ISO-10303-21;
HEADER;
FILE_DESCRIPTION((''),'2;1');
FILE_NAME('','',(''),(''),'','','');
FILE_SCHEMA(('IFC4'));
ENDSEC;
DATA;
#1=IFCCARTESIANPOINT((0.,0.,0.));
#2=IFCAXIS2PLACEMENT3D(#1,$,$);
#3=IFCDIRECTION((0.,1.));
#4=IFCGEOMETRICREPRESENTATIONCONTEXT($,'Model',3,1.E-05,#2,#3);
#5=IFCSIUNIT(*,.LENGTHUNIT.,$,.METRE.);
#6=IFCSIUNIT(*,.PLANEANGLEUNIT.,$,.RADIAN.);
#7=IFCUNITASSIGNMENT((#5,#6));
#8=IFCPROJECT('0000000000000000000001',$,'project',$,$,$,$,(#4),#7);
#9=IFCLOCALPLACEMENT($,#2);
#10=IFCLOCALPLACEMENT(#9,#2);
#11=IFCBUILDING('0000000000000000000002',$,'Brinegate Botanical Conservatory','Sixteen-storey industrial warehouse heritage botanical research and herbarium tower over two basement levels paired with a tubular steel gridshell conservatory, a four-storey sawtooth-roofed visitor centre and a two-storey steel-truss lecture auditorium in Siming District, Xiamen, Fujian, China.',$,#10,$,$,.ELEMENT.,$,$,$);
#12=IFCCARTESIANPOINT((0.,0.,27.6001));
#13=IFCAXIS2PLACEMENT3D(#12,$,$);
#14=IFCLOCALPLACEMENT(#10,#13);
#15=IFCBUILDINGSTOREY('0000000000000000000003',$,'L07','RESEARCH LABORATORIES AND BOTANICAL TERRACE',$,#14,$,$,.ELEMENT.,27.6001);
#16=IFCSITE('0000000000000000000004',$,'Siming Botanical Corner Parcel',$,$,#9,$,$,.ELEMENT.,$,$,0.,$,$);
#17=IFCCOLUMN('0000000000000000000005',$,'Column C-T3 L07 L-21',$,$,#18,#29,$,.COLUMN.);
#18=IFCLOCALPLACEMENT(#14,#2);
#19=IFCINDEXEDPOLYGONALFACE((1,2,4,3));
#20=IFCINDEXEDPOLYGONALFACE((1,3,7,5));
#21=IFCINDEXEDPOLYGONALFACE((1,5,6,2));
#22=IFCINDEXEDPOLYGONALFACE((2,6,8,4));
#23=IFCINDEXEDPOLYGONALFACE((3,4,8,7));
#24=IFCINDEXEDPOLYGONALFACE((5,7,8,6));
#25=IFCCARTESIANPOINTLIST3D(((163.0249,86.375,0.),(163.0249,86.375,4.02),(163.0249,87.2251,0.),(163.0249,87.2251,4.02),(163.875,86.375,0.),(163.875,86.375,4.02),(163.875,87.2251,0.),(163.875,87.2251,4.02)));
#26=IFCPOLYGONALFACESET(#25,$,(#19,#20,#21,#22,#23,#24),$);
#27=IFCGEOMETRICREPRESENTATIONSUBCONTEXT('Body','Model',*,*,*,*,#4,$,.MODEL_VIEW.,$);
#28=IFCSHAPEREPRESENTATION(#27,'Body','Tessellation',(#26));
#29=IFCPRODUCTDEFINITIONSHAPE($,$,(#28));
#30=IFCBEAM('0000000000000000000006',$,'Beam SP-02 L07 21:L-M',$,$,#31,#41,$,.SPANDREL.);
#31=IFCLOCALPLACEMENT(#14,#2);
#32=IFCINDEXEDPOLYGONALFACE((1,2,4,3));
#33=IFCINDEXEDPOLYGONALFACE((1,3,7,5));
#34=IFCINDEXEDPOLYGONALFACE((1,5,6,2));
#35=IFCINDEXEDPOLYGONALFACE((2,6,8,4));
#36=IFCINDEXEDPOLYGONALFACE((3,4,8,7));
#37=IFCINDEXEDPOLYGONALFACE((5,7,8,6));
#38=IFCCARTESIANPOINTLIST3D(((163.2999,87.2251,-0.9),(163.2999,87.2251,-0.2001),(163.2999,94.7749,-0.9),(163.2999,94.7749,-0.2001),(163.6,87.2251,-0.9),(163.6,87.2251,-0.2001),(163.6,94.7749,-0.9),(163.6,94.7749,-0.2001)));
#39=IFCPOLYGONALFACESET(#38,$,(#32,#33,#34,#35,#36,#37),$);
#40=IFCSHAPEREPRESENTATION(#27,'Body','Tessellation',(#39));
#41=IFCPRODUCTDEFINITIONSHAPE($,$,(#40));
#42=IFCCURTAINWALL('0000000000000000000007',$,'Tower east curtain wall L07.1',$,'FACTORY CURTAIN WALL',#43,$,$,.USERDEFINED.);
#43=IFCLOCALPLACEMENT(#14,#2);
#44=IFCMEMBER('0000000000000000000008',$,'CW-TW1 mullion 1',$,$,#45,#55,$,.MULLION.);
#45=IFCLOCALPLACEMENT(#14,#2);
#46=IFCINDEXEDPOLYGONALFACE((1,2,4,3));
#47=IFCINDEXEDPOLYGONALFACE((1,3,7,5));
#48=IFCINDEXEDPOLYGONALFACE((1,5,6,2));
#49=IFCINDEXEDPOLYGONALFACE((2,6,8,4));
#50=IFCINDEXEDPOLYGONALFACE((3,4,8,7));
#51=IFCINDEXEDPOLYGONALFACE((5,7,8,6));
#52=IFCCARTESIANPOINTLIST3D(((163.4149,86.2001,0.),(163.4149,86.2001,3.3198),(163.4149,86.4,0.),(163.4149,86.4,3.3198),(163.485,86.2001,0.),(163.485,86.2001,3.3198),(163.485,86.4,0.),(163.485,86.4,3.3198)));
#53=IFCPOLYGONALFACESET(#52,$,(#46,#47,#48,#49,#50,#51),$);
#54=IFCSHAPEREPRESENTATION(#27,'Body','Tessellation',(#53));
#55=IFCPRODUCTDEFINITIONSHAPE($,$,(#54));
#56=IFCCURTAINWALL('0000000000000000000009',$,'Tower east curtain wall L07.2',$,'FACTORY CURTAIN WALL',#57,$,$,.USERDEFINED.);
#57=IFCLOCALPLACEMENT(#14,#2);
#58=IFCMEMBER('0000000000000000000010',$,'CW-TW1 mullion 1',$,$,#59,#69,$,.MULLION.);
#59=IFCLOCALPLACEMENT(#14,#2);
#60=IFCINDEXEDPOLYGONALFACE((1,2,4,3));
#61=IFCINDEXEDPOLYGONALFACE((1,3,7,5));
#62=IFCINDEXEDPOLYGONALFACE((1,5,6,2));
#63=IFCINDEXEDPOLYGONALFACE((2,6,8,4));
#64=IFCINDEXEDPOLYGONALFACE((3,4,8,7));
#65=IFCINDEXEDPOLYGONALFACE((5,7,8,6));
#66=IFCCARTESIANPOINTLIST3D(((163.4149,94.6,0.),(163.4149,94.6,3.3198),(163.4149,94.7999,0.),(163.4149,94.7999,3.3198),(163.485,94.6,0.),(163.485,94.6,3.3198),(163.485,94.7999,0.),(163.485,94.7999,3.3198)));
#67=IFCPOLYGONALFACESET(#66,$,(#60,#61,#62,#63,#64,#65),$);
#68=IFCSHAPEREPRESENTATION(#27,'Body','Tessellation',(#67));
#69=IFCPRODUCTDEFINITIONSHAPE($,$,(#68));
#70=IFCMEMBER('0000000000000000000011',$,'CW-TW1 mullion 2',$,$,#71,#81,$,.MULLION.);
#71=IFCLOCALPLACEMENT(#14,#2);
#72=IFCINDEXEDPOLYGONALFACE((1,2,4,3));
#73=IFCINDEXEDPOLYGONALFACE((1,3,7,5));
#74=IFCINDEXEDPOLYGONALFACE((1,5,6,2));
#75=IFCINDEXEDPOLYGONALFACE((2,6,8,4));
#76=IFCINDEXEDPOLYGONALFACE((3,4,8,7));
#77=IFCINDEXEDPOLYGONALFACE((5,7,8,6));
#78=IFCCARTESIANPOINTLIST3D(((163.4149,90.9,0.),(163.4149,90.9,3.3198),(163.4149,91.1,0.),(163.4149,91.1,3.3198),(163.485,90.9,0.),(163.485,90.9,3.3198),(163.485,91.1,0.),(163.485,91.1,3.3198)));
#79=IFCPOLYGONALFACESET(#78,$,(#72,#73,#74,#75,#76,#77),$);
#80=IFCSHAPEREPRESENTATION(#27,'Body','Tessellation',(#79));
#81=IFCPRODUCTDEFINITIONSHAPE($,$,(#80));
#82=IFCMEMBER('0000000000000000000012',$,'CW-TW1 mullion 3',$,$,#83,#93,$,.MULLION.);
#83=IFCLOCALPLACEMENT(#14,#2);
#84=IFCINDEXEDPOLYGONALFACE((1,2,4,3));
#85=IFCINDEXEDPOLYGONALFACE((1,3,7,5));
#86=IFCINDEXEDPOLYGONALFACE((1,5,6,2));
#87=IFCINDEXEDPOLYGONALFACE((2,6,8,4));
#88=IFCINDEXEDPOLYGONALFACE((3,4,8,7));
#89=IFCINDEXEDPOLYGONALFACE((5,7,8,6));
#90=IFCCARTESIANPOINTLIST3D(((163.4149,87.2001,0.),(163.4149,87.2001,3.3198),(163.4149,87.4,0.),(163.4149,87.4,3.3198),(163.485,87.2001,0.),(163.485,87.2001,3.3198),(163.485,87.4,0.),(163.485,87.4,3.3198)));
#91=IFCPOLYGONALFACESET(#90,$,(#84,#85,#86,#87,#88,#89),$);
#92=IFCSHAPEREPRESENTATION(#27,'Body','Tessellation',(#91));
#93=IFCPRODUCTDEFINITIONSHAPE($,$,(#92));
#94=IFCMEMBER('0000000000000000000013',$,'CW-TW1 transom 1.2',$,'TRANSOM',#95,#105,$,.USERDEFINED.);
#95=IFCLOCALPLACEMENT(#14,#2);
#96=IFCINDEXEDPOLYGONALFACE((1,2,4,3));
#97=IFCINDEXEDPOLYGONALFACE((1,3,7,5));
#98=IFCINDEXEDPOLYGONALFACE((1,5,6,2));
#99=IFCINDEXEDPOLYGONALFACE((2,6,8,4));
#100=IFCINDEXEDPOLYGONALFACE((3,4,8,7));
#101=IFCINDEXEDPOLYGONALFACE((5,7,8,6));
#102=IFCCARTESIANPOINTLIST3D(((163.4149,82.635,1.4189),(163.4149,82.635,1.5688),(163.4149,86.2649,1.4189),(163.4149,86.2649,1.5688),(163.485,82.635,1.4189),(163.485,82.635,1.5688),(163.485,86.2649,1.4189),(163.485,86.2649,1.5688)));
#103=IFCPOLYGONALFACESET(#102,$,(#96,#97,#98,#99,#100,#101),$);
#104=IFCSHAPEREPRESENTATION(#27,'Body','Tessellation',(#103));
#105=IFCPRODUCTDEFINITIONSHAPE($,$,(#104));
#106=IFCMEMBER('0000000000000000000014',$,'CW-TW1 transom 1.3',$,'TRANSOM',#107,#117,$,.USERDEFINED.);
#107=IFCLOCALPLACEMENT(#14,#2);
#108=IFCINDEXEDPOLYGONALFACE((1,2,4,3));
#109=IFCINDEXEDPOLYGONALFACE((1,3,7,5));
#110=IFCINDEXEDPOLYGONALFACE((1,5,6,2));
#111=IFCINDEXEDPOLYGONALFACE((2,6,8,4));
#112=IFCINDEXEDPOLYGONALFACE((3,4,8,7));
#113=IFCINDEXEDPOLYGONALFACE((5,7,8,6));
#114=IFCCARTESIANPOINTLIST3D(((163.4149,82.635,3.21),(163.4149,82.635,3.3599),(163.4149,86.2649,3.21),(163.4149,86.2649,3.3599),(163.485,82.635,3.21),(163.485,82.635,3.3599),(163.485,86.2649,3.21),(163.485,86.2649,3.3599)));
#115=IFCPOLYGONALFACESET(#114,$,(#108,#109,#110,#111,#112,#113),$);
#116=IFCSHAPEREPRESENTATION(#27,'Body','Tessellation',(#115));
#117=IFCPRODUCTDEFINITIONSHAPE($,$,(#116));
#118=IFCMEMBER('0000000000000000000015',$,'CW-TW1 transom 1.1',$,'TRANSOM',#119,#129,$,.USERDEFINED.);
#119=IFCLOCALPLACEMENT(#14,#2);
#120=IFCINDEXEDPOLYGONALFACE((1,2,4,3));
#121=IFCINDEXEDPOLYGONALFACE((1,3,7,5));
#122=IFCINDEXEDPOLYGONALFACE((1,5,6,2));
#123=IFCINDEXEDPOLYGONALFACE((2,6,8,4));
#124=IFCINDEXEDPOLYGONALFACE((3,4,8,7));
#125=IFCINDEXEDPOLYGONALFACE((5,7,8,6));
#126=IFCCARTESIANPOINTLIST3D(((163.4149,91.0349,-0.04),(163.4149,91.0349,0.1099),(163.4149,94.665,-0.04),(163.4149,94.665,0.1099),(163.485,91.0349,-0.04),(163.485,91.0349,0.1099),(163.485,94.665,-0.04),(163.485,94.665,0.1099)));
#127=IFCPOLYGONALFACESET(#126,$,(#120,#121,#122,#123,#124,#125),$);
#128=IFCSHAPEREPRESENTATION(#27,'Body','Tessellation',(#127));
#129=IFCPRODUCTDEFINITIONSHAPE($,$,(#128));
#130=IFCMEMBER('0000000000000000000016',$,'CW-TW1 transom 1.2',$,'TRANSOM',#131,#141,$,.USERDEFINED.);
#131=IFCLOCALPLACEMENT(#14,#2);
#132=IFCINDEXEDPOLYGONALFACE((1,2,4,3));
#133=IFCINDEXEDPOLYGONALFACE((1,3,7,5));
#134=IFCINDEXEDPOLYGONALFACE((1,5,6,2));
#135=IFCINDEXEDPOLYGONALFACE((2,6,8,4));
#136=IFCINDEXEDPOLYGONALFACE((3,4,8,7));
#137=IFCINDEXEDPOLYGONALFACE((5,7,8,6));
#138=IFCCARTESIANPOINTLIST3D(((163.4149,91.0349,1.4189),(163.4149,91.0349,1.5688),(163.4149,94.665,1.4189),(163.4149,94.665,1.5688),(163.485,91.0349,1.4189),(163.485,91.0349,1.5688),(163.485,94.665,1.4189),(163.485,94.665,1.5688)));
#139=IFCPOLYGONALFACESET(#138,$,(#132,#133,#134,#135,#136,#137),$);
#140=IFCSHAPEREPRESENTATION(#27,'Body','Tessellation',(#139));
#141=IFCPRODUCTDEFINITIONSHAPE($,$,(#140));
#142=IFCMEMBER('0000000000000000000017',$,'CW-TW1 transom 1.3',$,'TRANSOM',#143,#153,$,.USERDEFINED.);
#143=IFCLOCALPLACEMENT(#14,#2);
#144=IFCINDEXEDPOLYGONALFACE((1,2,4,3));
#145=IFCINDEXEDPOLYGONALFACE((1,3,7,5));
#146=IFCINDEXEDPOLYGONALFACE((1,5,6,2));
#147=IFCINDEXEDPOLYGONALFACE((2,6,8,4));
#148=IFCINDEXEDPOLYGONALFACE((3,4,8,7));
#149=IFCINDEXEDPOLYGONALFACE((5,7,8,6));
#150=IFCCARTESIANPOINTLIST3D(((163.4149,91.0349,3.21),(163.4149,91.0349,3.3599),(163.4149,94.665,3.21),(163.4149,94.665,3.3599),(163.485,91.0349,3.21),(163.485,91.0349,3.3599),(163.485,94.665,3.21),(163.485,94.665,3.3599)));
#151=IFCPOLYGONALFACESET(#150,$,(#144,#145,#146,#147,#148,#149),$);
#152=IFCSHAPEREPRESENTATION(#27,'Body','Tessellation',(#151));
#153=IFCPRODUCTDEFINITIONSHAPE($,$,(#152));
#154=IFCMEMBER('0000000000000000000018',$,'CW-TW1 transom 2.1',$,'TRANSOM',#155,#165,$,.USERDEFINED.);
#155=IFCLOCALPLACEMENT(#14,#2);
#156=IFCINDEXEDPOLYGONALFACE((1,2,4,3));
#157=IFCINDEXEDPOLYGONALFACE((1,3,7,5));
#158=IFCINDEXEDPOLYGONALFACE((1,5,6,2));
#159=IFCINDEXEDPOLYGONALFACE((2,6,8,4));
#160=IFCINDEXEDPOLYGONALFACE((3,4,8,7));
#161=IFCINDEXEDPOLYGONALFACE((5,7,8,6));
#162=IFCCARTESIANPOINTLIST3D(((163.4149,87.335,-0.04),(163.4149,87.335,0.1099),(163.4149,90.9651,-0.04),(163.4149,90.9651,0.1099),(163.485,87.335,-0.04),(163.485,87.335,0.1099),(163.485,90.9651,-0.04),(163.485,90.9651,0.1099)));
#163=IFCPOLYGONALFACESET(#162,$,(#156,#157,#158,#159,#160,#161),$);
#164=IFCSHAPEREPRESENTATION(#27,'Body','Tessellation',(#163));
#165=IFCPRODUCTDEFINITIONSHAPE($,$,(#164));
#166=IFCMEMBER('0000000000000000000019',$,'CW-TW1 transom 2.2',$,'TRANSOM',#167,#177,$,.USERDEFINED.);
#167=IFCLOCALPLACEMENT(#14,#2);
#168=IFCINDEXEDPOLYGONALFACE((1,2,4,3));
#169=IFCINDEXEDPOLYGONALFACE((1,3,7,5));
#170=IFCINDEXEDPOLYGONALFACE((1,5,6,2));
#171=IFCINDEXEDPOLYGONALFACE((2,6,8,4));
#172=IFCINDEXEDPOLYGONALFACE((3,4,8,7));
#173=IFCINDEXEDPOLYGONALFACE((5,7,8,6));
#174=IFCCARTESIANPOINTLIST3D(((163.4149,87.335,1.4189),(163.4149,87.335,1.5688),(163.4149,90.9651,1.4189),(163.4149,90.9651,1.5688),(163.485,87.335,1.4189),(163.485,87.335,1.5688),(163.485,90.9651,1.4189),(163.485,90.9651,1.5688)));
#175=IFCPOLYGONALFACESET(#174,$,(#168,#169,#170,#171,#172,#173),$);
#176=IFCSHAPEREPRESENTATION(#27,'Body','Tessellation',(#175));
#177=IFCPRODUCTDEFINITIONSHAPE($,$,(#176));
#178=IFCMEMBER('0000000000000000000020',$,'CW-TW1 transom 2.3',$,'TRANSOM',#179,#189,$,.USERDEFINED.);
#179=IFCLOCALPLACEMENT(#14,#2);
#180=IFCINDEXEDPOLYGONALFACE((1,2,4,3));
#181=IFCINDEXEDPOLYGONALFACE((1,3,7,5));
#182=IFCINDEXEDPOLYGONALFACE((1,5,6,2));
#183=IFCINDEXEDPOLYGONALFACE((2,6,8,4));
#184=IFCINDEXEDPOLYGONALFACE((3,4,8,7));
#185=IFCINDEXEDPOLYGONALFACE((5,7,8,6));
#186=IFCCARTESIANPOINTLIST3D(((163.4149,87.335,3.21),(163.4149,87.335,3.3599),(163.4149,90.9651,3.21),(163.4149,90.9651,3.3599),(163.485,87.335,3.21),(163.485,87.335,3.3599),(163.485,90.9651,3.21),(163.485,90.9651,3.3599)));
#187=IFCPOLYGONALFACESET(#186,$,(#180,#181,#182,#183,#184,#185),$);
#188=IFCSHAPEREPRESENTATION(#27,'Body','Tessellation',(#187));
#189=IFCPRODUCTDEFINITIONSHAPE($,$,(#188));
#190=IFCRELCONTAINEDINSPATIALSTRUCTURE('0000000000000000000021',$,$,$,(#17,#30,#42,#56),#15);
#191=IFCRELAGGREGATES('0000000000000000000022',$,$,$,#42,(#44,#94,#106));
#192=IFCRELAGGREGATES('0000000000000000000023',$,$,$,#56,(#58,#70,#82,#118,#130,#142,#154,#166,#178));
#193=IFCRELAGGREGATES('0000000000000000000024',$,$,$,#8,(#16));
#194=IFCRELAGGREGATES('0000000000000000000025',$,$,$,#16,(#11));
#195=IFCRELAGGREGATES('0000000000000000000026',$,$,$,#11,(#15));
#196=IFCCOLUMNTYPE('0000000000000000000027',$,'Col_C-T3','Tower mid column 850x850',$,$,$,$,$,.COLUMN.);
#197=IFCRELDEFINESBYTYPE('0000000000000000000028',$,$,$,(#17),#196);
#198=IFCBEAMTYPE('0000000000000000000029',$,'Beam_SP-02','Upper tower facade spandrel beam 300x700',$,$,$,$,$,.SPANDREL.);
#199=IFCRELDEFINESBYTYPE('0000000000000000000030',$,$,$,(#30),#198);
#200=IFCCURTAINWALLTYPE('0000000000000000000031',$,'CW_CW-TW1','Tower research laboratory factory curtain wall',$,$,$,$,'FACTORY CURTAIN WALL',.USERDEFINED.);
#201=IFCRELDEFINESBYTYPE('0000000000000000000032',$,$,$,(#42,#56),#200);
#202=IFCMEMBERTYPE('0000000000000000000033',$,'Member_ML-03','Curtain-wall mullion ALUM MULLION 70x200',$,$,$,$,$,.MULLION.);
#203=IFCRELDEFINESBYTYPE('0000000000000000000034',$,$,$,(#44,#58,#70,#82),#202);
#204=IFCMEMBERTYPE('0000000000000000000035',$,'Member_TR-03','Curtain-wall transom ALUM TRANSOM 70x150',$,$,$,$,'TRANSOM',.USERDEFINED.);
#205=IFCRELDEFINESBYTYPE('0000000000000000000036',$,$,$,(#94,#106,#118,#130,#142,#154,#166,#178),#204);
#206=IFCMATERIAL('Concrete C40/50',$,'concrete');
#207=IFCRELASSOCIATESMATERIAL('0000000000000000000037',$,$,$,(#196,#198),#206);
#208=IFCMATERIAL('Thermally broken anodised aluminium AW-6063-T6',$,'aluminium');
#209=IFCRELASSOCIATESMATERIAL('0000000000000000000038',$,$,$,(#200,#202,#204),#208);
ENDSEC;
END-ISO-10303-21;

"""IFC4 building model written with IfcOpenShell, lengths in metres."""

from ifc_helpers import new_model, si_unit, direction, frame, origin, origin_2d, place, context, subcontext, project, spatial, rectangle, extrude, material, material_profile, profile_set, type_object, element, aggregate, save


model = new_model("IFC4")

# Units and contexts
model_context = context("Model", 3, precision=1e-05, world=origin(), true_north=direction((0.0, 1.0)))
body_context = subcontext(model_context, "Body", "Model", "MODEL_VIEW")
ifc_project = project(units=[si_unit("LENGTHUNIT", "METRE"), si_unit("PLANEANGLEUNIT", "RADIAN")], contexts=[model_context])

# Site, building, storey
site_placement = place(None, origin())
site = spatial("IfcSite", under=ifc_project, at=site_placement, Name="Siming Botanical Corner Parcel", CompositionType="ELEMENT", RefElevation=0.0)
building_placement = place(site_placement, origin())
building = spatial("IfcBuilding", under=site, at=building_placement, Name="Brinegate Botanical Conservatory", Description="Sixteen-storey industrial warehouse heritage botanical research and herbarium tower over two basement levels paired with a tubular steel gridshell conservatory, a four-storey sawtooth-roofed visitor centre and a two-storey steel-truss lecture auditorium in Siming District, Xiamen, Fujian, China.", CompositionType="ELEMENT")
storey_placement = place(building_placement, frame((0.0, 0.0, 27.6001)))
storey = spatial("IfcBuildingStorey", under=building, at=storey_placement, Name="L07", Description="RESEARCH LABORATORIES AND BOTANICAL TERRACE", CompositionType="ELEMENT", Elevation=27.6001)

# Column
ifc_material_1 = material(Name="Concrete C40/50", Category="concrete")
ifc_material_profile_1 = material_profile(ifc_material_1, rectangle(XDim=0.8501, YDim=0.8501, at=origin_2d()), Name="RC COL 850x850")
ifc_profile_set_1 = profile_set([ifc_material_profile_1], Name="Concrete C40/50")
column_type = type_object("IfcColumnType", Name="Col_C-T3", Description="Tower mid column 850x850", PredefinedType="COLUMN", material=ifc_profile_set_1)
column_placement = place(storey_placement, frame((163.45, 86.8, 0.0), z_axis=(0.0, 0.0, 1.0), x_axis=(1.0, 0.0, 0.0)))
element("IfcColumn", 1, at=column_placement, inside=storey, type_object=column_type, Name="Column C-T3 L07 L-21", PredefinedType="COLUMN", context=body_context, shape_type="SweptSolid", body=[
    extrude(rectangle(XDim=0.8501, YDim=0.8501, at=origin_2d()), origin(), (0.0, 0.0, 1.0), 4.02),
])

# Beam
ifc_material_profile_2 = material_profile(ifc_material_1, rectangle(XDim=0.3, YDim=0.7, at=origin_2d()), Name="RC SPN 300x700")
ifc_profile_set_2 = profile_set([ifc_material_profile_2], Name="Concrete C40/50")
beam_type = type_object("IfcBeamType", Name="Beam_SP-02", Description="Upper tower facade spandrel beam 300x700", PredefinedType="SPANDREL", material=ifc_profile_set_2)
beam_placement = place(storey_placement, frame((163.45, 87.2251, -0.55), z_axis=(0.0, 1.0, 0.0), x_axis=(-1.0, 0.0, 0.0)))
element("IfcBeam", 2, at=beam_placement, inside=storey, type_object=beam_type, Name="Beam SP-02 L07 21:L-M", PredefinedType="SPANDREL", context=body_context, shape_type="SweptSolid", body=[
    extrude(rectangle(XDim=0.3, YDim=0.7, at=origin_2d()), origin(), (0.0, 0.0, 1.0), 7.5498),
])

# Curtain wall, member
ifc_material_2 = material(Name="Thermally broken anodised aluminium AW-6063-T6", Category="aluminium")
curtain_wall_type = type_object("IfcCurtainWallType", Name="CW_CW-TW1", Description="Tower research laboratory factory curtain wall", ElementType="FACTORY CURTAIN WALL", PredefinedType="USERDEFINED", material=ifc_material_2)
curtain_wall_1_placement = place(storey_placement, origin())
curtain_wall_1 = element("IfcCurtainWall", 3, at=curtain_wall_1_placement, inside=storey, type_object=curtain_wall_type, Name="Tower east curtain wall L07.1", ObjectType="FACTORY CURTAIN WALL", PredefinedType="USERDEFINED")
ifc_material_profile_3 = material_profile(ifc_material_2, rectangle(XDim=0.0701, YDim=0.2, at=origin_2d()), Name="ALUM MULLION 70x200")
ifc_profile_set_3 = profile_set([ifc_material_profile_3], Name="Thermally broken anodised aluminium AW-6063-T6")
member_type_1 = type_object("IfcMemberType", Name="Member_ML-03", Description="Curtain-wall mullion ALUM MULLION 70x200", PredefinedType="MULLION", material=ifc_profile_set_3)
member_1_placement = place(storey_placement, frame((163.45, 86.3, 0.0), z_axis=(0.0, 0.0, 1.0), x_axis=(1.0, 0.0, 0.0)))
member_1 = element("IfcMember", 4, at=member_1_placement, type_object=member_type_1, Name="CW-TW1 mullion 1", PredefinedType="MULLION", context=body_context, shape_type="SweptSolid", body=[
    extrude(rectangle(XDim=0.0701, YDim=0.2, at=origin_2d()), origin(), (0.0, 0.0, 1.0), 3.3198),
])

# Curtain wall, members
curtain_wall_2_placement = place(storey_placement, origin())
curtain_wall_2 = element("IfcCurtainWall", 5, at=curtain_wall_2_placement, inside=storey, type_object=curtain_wall_type, Name="Tower east curtain wall L07.2", ObjectType="FACTORY CURTAIN WALL", PredefinedType="USERDEFINED")
member_2_placement = place(storey_placement, frame((163.45, 94.7, 0.0), z_axis=(0.0, 0.0, 1.0), x_axis=(1.0, 0.0, 0.0)))
member_2 = element("IfcMember", 6, at=member_2_placement, type_object=member_type_1, Name="CW-TW1 mullion 1", PredefinedType="MULLION", context=body_context, shape_type="SweptSolid", body=[
    extrude(rectangle(XDim=0.0701, YDim=0.2, at=origin_2d()), origin(), (0.0, 0.0, 1.0), 3.3198),
])
member_3_placement = place(storey_placement, frame((163.45, 91.0, 0.0), z_axis=(0.0, 0.0, 1.0), x_axis=(1.0, 0.0, 0.0)))
member_3 = element("IfcMember", 7, at=member_3_placement, type_object=member_type_1, Name="CW-TW1 mullion 2", PredefinedType="MULLION", context=body_context, shape_type="SweptSolid", body=[
    extrude(rectangle(XDim=0.0701, YDim=0.2, at=origin_2d()), origin(), (0.0, 0.0, 1.0), 3.3198),
])
member_4_placement = place(storey_placement, frame((163.45, 87.3, 0.0), z_axis=(0.0, 0.0, 1.0), x_axis=(1.0, 0.0, 0.0)))
member_4 = element("IfcMember", 8, at=member_4_placement, type_object=member_type_1, Name="CW-TW1 mullion 3", PredefinedType="MULLION", context=body_context, shape_type="SweptSolid", body=[
    extrude(rectangle(XDim=0.0701, YDim=0.2, at=origin_2d()), origin(), (0.0, 0.0, 1.0), 3.3198),
])

# Members
ifc_material_profile_4 = material_profile(ifc_material_2, rectangle(XDim=0.0701, YDim=0.1499, at=origin_2d()), Name="ALUM TRANSOM 70x150")
ifc_profile_set_4 = profile_set([ifc_material_profile_4], Name="Thermally broken anodised aluminium AW-6063-T6")
member_type_2 = type_object("IfcMemberType", Name="Member_TR-03", Description="Curtain-wall transom ALUM TRANSOM 70x150", ElementType="TRANSOM", PredefinedType="USERDEFINED", material=ifc_profile_set_4)
member_5_placement = place(storey_placement, frame((163.45, 86.2649, 1.4939), z_axis=(0.0, -1.0, 0.0), x_axis=(1.0, 0.0, 0.0)))
member_5 = element("IfcMember", 9, at=member_5_placement, type_object=member_type_2, Name="CW-TW1 transom 1.2", ObjectType="TRANSOM", PredefinedType="USERDEFINED", context=body_context, shape_type="SweptSolid", body=[
    extrude(rectangle(XDim=0.0701, YDim=0.1499, at=origin_2d()), origin(), (0.0, 0.0, 1.0), 3.6299),
])
member_6_placement = place(storey_placement, frame((163.45, 86.2649, 3.2849), z_axis=(0.0, -1.0, 0.0), x_axis=(1.0, 0.0, 0.0)))
member_6 = element("IfcMember", 10, at=member_6_placement, type_object=member_type_2, Name="CW-TW1 transom 1.3", ObjectType="TRANSOM", PredefinedType="USERDEFINED", context=body_context, shape_type="SweptSolid", body=[
    extrude(rectangle(XDim=0.0701, YDim=0.1499, at=origin_2d()), origin(), (0.0, 0.0, 1.0), 3.6299),
])
aggregate(curtain_wall_1, [member_1, member_5, member_6])
member_7_placement = place(storey_placement, frame((163.45, 94.665, 0.0349), z_axis=(0.0, -1.0, 0.0), x_axis=(1.0, 0.0, 0.0)))
member_7 = element("IfcMember", 11, at=member_7_placement, type_object=member_type_2, Name="CW-TW1 transom 1.1", ObjectType="TRANSOM", PredefinedType="USERDEFINED", context=body_context, shape_type="SweptSolid", body=[
    extrude(rectangle(XDim=0.0701, YDim=0.1499, at=origin_2d()), origin(), (0.0, 0.0, 1.0), 3.6301),
])
member_8_placement = place(storey_placement, frame((163.45, 94.665, 1.4939), z_axis=(0.0, -1.0, 0.0), x_axis=(1.0, 0.0, 0.0)))
member_8 = element("IfcMember", 12, at=member_8_placement, type_object=member_type_2, Name="CW-TW1 transom 1.2", ObjectType="TRANSOM", PredefinedType="USERDEFINED", context=body_context, shape_type="SweptSolid", body=[
    extrude(rectangle(XDim=0.0701, YDim=0.1499, at=origin_2d()), origin(), (0.0, 0.0, 1.0), 3.6301),
])
member_9_placement = place(storey_placement, frame((163.45, 94.665, 3.2849), z_axis=(0.0, -1.0, 0.0), x_axis=(1.0, 0.0, 0.0)))
member_9 = element("IfcMember", 13, at=member_9_placement, type_object=member_type_2, Name="CW-TW1 transom 1.3", ObjectType="TRANSOM", PredefinedType="USERDEFINED", context=body_context, shape_type="SweptSolid", body=[
    extrude(rectangle(XDim=0.0701, YDim=0.1499, at=origin_2d()), origin(), (0.0, 0.0, 1.0), 3.6301),
])
member_10_placement = place(storey_placement, frame((163.45, 90.9651, 0.0349), z_axis=(0.0, -1.0, 0.0), x_axis=(1.0, 0.0, 0.0)))
member_10 = element("IfcMember", 14, at=member_10_placement, type_object=member_type_2, Name="CW-TW1 transom 2.1", ObjectType="TRANSOM", PredefinedType="USERDEFINED", context=body_context, shape_type="SweptSolid", body=[
    extrude(rectangle(XDim=0.0701, YDim=0.1499, at=origin_2d()), origin(), (0.0, 0.0, 1.0), 3.6301),
])
member_11_placement = place(storey_placement, frame((163.45, 90.9651, 1.4939), z_axis=(0.0, -1.0, 0.0), x_axis=(1.0, 0.0, 0.0)))
member_11 = element("IfcMember", 15, at=member_11_placement, type_object=member_type_2, Name="CW-TW1 transom 2.2", ObjectType="TRANSOM", PredefinedType="USERDEFINED", context=body_context, shape_type="SweptSolid", body=[
    extrude(rectangle(XDim=0.0701, YDim=0.1499, at=origin_2d()), origin(), (0.0, 0.0, 1.0), 3.6301),
])
member_12_placement = place(storey_placement, frame((163.45, 90.9651, 3.2849), z_axis=(0.0, -1.0, 0.0), x_axis=(1.0, 0.0, 0.0)))
member_12 = element("IfcMember", 16, at=member_12_placement, type_object=member_type_2, Name="CW-TW1 transom 2.3", ObjectType="TRANSOM", PredefinedType="USERDEFINED", context=body_context, shape_type="SweptSolid", body=[
    extrude(rectangle(XDim=0.0701, YDim=0.1499, at=origin_2d()), origin(), (0.0, 0.0, 1.0), 3.6301),
])

aggregate(curtain_wall_2, [member_2, member_3, member_4, member_7, member_8, member_9, member_10, member_11, member_12])

save(model, "model.ifc")
